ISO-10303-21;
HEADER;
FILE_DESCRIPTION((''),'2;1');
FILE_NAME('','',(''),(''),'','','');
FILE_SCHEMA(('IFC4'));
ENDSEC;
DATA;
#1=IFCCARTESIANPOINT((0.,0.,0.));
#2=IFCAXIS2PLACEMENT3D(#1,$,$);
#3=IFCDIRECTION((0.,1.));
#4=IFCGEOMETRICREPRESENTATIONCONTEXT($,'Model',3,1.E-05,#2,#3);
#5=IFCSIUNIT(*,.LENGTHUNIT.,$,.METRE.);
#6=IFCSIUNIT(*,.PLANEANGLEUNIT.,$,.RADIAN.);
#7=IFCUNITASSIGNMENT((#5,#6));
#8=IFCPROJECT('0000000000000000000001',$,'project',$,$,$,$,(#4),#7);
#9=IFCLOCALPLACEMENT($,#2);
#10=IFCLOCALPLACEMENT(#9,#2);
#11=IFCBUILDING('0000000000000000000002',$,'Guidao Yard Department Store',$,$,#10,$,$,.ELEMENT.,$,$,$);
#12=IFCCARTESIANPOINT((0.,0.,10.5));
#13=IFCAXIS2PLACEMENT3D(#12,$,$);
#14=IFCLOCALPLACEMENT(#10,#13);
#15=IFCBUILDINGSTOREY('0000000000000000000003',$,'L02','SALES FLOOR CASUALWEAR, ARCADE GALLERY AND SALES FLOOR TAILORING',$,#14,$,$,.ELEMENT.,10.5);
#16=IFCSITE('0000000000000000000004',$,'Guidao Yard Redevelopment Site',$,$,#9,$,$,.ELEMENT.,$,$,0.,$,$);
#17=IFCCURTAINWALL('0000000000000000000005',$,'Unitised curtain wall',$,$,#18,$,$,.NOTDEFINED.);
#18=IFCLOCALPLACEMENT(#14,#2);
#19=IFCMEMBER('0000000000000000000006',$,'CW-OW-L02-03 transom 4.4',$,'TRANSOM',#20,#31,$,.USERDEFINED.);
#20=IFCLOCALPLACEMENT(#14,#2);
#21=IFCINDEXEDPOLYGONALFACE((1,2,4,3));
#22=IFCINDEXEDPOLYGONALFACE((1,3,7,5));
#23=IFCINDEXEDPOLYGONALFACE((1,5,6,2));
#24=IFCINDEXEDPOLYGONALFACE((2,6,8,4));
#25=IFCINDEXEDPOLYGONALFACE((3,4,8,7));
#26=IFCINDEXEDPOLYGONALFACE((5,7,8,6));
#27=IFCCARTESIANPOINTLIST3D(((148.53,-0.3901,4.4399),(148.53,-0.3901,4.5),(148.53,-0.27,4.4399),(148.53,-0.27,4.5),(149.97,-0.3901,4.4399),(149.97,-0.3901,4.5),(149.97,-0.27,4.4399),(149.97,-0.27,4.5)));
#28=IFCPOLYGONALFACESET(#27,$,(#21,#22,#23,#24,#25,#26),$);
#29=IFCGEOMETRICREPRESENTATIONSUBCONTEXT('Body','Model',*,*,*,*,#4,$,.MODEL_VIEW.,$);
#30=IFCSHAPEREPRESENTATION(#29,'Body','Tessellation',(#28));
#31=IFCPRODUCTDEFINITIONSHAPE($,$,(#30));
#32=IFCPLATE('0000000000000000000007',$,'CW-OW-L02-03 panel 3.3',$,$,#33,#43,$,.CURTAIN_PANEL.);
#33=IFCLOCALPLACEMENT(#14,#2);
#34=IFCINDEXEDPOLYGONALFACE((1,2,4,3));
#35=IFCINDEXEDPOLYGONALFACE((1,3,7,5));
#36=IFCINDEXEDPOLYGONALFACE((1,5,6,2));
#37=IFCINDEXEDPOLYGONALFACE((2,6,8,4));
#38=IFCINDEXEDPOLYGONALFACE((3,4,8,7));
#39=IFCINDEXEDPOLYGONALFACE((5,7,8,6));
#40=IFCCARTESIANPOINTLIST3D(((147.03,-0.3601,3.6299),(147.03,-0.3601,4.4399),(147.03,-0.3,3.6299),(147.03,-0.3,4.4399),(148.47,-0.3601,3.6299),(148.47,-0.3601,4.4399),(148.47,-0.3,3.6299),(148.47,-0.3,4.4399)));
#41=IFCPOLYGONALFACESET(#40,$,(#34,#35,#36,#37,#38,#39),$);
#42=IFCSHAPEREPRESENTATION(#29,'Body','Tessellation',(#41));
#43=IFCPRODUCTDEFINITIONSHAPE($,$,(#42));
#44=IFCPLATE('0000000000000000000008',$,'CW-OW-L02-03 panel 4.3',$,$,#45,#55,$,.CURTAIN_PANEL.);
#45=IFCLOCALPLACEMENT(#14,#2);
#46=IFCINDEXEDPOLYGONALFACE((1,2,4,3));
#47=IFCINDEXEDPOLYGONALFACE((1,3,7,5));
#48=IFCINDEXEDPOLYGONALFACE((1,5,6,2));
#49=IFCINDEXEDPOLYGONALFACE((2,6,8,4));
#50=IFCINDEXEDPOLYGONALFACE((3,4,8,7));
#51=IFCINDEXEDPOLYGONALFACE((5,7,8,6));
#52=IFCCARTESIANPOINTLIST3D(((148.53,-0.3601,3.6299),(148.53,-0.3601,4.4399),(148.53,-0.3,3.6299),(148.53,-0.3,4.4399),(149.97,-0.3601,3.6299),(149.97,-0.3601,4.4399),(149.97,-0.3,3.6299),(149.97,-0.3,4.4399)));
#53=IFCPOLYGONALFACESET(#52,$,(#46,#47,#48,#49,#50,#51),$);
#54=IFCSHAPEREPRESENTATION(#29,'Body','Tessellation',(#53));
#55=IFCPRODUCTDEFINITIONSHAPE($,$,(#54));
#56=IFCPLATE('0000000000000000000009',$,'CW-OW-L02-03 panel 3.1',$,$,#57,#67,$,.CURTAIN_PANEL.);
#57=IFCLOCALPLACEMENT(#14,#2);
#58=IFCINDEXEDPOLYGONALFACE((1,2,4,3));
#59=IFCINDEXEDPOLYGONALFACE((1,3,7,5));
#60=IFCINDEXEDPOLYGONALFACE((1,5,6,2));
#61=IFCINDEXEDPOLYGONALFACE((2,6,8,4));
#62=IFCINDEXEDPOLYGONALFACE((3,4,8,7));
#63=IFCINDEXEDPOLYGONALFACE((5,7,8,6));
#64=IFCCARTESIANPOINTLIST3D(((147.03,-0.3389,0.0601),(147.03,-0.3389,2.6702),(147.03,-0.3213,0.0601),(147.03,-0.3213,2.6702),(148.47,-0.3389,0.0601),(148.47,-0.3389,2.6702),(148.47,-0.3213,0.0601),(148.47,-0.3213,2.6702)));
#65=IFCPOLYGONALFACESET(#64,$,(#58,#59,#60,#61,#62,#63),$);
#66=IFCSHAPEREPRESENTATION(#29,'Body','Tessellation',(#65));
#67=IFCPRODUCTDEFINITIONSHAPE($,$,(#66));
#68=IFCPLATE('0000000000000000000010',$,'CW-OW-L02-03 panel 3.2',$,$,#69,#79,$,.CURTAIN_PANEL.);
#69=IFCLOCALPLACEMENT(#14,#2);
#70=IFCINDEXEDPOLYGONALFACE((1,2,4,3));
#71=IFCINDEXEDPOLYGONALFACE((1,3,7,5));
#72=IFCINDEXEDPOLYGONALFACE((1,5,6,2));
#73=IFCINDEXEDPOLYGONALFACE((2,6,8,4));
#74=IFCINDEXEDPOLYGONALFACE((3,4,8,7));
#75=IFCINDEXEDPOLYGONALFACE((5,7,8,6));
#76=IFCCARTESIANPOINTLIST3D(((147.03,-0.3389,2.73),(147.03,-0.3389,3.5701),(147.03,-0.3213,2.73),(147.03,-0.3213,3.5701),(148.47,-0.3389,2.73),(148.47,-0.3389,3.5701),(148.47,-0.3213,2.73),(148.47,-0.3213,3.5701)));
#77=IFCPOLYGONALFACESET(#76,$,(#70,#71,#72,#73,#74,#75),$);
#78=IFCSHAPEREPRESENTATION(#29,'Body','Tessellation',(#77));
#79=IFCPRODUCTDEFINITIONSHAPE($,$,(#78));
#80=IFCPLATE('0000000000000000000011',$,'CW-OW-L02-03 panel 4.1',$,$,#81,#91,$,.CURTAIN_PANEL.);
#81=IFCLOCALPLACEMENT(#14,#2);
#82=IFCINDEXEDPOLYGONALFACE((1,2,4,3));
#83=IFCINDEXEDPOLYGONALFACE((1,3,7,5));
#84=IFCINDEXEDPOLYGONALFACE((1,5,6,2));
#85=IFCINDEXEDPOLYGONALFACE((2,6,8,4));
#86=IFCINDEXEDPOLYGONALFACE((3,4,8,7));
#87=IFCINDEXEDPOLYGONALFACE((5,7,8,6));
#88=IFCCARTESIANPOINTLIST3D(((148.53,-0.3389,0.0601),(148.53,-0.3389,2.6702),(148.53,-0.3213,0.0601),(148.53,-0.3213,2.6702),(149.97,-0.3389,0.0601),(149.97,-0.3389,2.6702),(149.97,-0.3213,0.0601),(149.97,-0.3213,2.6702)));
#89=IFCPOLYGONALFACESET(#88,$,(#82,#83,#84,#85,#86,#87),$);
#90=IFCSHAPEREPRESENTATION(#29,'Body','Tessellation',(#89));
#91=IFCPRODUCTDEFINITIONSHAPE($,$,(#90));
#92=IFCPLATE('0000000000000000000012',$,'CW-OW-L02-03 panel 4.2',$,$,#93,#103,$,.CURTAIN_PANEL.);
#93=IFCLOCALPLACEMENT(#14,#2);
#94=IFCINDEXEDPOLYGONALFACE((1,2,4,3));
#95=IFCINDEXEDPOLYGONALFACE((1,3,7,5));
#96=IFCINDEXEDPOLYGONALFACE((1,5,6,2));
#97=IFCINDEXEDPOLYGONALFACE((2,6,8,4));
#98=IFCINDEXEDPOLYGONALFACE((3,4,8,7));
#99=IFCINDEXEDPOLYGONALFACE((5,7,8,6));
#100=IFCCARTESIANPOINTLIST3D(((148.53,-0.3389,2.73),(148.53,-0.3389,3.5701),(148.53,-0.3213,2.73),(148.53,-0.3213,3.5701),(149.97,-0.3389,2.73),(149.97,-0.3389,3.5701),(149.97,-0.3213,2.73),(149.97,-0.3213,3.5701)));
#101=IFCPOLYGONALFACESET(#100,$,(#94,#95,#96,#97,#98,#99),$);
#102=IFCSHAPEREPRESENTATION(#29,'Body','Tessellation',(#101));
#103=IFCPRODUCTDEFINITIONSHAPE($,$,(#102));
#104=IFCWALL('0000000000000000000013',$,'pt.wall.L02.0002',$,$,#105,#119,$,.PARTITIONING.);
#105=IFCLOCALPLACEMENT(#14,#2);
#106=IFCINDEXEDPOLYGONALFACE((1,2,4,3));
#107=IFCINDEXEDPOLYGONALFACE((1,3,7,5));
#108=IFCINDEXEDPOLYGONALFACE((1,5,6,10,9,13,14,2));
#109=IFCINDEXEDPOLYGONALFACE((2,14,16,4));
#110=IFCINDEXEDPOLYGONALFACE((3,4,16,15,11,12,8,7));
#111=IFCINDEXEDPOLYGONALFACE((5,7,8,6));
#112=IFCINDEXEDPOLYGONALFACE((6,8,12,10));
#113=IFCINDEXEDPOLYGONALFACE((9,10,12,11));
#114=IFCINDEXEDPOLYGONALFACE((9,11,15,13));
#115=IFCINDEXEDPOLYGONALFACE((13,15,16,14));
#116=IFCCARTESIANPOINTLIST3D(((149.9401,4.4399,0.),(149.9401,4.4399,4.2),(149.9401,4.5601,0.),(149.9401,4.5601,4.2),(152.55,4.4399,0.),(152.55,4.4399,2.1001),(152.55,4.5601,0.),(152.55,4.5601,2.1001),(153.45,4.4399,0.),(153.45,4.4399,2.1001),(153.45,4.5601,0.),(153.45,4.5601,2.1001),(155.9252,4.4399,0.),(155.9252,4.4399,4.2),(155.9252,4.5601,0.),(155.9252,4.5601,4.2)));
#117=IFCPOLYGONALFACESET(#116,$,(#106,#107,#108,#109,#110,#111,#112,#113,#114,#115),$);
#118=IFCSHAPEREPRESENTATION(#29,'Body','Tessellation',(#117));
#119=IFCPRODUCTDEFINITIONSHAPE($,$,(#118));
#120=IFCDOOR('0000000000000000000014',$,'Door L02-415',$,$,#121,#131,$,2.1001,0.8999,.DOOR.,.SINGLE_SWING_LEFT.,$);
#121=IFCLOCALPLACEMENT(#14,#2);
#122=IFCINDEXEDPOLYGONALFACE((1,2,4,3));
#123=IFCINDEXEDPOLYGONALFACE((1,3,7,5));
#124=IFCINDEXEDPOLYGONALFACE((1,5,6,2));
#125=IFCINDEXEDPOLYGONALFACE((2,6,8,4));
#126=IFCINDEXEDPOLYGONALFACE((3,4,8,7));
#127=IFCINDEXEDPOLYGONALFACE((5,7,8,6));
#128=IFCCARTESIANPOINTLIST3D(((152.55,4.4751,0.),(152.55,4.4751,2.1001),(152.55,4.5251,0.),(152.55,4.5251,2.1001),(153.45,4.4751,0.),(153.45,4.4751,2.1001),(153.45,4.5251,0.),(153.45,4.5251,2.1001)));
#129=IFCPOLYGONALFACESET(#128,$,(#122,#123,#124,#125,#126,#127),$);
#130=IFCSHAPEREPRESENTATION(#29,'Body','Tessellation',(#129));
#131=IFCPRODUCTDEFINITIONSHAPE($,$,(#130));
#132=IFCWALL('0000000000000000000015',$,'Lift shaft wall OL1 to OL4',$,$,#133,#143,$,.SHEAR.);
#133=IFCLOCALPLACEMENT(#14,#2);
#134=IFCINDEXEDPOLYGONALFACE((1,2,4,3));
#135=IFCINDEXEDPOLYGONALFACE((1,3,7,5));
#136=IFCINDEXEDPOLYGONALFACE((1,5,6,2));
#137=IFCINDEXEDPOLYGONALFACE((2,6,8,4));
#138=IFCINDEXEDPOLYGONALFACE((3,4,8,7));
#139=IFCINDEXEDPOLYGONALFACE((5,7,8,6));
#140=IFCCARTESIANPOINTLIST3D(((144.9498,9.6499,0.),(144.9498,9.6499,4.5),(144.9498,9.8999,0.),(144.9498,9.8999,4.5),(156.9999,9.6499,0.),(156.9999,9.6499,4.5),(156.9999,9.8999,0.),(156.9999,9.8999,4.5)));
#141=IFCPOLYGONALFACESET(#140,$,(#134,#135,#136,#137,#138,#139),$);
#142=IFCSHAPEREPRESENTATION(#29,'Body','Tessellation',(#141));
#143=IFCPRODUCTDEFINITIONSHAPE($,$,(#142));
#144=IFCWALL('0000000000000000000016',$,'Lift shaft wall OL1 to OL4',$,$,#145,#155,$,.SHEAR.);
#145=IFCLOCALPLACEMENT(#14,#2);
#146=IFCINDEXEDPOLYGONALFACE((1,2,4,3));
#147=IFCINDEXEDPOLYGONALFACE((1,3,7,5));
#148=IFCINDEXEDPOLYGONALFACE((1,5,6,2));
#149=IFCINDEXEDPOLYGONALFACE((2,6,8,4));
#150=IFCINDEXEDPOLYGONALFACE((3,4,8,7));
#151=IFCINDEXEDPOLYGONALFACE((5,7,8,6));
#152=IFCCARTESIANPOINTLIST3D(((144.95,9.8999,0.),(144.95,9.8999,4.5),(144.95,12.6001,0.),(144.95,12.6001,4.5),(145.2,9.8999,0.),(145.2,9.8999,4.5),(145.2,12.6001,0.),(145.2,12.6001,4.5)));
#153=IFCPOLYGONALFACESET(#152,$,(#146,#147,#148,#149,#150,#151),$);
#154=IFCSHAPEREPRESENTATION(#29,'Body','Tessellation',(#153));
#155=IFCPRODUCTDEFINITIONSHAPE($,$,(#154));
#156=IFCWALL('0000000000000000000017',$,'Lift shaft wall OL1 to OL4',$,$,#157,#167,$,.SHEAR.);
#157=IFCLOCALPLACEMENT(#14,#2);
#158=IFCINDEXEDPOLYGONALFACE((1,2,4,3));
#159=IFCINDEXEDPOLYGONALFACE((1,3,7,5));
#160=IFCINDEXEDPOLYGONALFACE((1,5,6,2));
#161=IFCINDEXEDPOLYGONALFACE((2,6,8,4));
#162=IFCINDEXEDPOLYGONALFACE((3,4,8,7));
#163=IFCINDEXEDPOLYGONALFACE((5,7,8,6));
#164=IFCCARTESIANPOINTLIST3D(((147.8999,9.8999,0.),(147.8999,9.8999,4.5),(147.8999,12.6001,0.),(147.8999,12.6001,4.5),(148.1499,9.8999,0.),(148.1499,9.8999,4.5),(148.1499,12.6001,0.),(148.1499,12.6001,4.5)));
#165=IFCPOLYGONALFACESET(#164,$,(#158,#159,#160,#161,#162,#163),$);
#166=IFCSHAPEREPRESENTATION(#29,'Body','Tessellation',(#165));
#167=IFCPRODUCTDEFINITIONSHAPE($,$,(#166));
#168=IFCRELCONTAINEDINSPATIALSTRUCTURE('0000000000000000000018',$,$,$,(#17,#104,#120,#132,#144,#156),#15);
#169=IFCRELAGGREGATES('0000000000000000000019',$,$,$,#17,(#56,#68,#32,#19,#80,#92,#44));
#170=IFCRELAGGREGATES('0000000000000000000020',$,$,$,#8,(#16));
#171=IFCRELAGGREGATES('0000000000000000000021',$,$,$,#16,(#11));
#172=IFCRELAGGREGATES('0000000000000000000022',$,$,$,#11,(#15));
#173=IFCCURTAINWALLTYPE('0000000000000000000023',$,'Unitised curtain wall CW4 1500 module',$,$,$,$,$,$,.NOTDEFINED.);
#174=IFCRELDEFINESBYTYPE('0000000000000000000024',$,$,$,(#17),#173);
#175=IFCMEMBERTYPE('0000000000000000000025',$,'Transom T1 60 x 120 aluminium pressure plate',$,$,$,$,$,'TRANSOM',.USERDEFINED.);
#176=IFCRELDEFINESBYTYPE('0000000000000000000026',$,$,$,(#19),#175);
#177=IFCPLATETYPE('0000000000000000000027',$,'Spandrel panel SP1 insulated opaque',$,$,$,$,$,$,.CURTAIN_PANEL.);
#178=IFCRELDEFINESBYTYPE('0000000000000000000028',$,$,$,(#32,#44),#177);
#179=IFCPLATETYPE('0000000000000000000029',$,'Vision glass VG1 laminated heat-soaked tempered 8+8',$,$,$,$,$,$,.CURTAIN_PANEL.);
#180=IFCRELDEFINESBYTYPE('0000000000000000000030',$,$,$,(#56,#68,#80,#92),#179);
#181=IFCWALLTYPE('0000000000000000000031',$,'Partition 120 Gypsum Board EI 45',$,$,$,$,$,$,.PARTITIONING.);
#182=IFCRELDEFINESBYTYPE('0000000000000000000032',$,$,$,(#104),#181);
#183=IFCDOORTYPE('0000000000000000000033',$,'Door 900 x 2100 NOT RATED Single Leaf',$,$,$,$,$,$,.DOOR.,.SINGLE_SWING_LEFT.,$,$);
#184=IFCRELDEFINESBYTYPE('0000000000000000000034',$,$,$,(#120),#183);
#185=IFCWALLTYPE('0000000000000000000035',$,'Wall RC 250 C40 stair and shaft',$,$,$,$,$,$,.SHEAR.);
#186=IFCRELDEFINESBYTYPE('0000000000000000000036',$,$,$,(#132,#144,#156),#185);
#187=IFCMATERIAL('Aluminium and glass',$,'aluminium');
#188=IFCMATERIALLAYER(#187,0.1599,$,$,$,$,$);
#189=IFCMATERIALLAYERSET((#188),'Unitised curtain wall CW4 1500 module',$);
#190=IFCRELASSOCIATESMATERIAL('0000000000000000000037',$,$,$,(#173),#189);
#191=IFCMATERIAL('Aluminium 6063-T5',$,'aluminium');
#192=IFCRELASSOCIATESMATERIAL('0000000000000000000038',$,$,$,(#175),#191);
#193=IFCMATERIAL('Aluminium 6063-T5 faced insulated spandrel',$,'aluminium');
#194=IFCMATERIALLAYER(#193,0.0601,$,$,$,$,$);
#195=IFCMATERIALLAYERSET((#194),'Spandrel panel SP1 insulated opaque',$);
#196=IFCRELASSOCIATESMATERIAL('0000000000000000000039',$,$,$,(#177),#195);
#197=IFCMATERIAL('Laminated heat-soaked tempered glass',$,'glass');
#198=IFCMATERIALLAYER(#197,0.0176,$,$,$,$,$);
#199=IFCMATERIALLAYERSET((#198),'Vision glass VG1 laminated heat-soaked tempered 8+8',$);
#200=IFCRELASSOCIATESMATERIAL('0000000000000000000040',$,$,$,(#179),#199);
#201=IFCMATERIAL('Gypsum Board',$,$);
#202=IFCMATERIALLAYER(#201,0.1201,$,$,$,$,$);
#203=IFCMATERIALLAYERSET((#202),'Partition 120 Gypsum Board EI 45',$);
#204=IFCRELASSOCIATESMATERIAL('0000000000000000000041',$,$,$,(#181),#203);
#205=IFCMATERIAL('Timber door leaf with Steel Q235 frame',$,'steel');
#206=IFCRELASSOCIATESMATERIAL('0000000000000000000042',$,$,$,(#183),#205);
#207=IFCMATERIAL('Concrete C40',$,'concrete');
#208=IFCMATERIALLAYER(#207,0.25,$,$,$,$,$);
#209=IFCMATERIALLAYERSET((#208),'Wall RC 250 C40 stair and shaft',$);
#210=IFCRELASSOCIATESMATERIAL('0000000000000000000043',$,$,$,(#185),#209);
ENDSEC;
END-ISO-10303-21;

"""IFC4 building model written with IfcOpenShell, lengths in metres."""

from ifc_helpers import new_model, si_unit, direction, frame, frame_2d, origin, origin_2d, place, context, subcontext, project, spatial, rectangle, extrude, material, layer, layer_set, material_profile, profile_set, type_object, element, fill, aggregate, save


model = new_model("IFC4")

# Units and contexts
model_context = context("Model", 3, precision=1e-05, world=origin(), true_north=direction((0.0, 1.0)))
body_context = subcontext(model_context, "Body", "Model", "MODEL_VIEW")
ifc_project = project(units=[si_unit("LENGTHUNIT", "METRE"), si_unit("PLANEANGLEUNIT", "RADIAN")], contexts=[model_context])

# Site, building, storey
site_placement = place(None, origin())
site = spatial("IfcSite", under=ifc_project, at=site_placement, Name="Guidao Yard Redevelopment Site", CompositionType="ELEMENT", RefElevation=0.0)
building_placement = place(site_placement, origin())
building = spatial("IfcBuilding", under=site, at=building_placement, Name="Guidao Yard Department Store", CompositionType="ELEMENT")
storey_placement = place(building_placement, frame((0.0, 0.0, 10.5)))
storey = spatial("IfcBuildingStorey", under=building, at=storey_placement, Name="L02", Description="SALES FLOOR CASUALWEAR, ARCADE GALLERY AND SALES FLOOR TAILORING", CompositionType="ELEMENT", Elevation=10.5)

# Curtain wall
ifc_material_1 = material(Name="Aluminium and glass", Category="aluminium")
ifc_layer_1 = layer(ifc_material_1, 0.1599)
ifc_layer_set_1 = layer_set([ifc_layer_1], Name="Unitised curtain wall CW4 1500 module")
curtain_wall_type = type_object("IfcCurtainWallType", Name="Unitised curtain wall CW4 1500 module", PredefinedType="NOTDEFINED", material=ifc_layer_set_1)
curtain_wall_placement = place(storey_placement, origin())
curtain_wall = element("IfcCurtainWall", 1, at=curtain_wall_placement, inside=storey, type_object=curtain_wall_type, Name="Unitised curtain wall", PredefinedType="NOTDEFINED")

# Member
ifc_material_2 = material(Name="Aluminium 6063-T5", Category="aluminium")
ifc_material_profile_1 = material_profile(ifc_material_2, rectangle(XDim=0.1201, YDim=0.0601, at=origin_2d()), Name="Transom T1 60 x 120 aluminium pressure plate")
ifc_profile_set_1 = profile_set([ifc_material_profile_1], Name="Aluminium 6063-T5")
member_type_1 = type_object("IfcMemberType", Name="Transom T1 60 x 120 aluminium pressure plate", ElementType="TRANSOM", PredefinedType="USERDEFINED", material=ifc_profile_set_1)
member_1_placement = place(storey_placement, frame((149.97, -0.3301, 4.47), z_axis=(-1.0, 0.0, 0.0), x_axis=(0.0, -1.0, 0.0)))
member_1 = element("IfcMember", 2, at=member_1_placement, type_object=member_type_1, Name="CW-OW-L02-03 transom 4.4", ObjectType="TRANSOM", PredefinedType="USERDEFINED", context=body_context, shape_type="SweptSolid", body=[
    extrude(rectangle(XDim=0.1201, YDim=0.0601, at=origin_2d()), origin(), (0.0, 0.0, 1.0), 1.4399),
])

# Plates
ifc_material_3 = material(Name="Aluminium 6063-T5 faced insulated spandrel", Category="aluminium")
ifc_layer_2 = layer(ifc_material_3, 0.0601)
ifc_layer_set_2 = layer_set([ifc_layer_2], Name="Spandrel panel SP1 insulated opaque")
plate_type_1 = type_object("IfcPlateType", Name="Spandrel panel SP1 insulated opaque", PredefinedType="CURTAIN_PANEL", material=ifc_layer_set_2)
plate_1_placement = place(storey_placement, frame((147.75, -0.3301, 3.6299), z_axis=(0.0, 0.0, 1.0), x_axis=(-1.0, 0.0, 0.0)))
plate_1 = element("IfcPlate", 3, at=plate_1_placement, type_object=plate_type_1, Name="CW-OW-L02-03 panel 3.3", PredefinedType="CURTAIN_PANEL", context=body_context, shape_type="SweptSolid", body=[
    extrude(rectangle(XDim=1.4399, YDim=0.0601, at=origin_2d()), origin(), (0.0, 0.0, 1.0), 0.8101),
])
plate_2_placement = place(storey_placement, frame((149.25, -0.3301, 3.6299), z_axis=(0.0, 0.0, 1.0), x_axis=(-1.0, 0.0, 0.0)))
plate_2 = element("IfcPlate", 4, at=plate_2_placement, type_object=plate_type_1, Name="CW-OW-L02-03 panel 4.3", PredefinedType="CURTAIN_PANEL", context=body_context, shape_type="SweptSolid", body=[
    extrude(rectangle(XDim=1.4399, YDim=0.0601, at=origin_2d()), origin(), (0.0, 0.0, 1.0), 0.8101),
])
ifc_material_4 = material(Name="Laminated heat-soaked tempered glass", Category="glass")
ifc_layer_3 = layer(ifc_material_4, 0.0176)
ifc_layer_set_3 = layer_set([ifc_layer_3], Name="Vision glass VG1 laminated heat-soaked tempered 8+8")
plate_type_2 = type_object("IfcPlateType", Name="Vision glass VG1 laminated heat-soaked tempered 8+8", PredefinedType="CURTAIN_PANEL", material=ifc_layer_set_3)
plate_3_placement = place(storey_placement, frame((147.75, -0.3301, 0.0601), z_axis=(0.0, 0.0, 1.0), x_axis=(-1.0, 0.0, 0.0)))
plate_3 = element("IfcPlate", 5, at=plate_3_placement, type_object=plate_type_2, Name="CW-OW-L02-03 panel 3.1", PredefinedType="CURTAIN_PANEL", context=body_context, shape_type="SweptSolid", body=[
    extrude(rectangle(XDim=1.4399, YDim=0.0176, at=origin_2d()), origin(), (0.0, 0.0, 1.0), 2.6101),
])
plate_4_placement = place(storey_placement, frame((147.75, -0.3301, 2.73), z_axis=(0.0, 0.0, 1.0), x_axis=(-1.0, 0.0, 0.0)))
plate_4 = element("IfcPlate", 6, at=plate_4_placement, type_object=plate_type_2, Name="CW-OW-L02-03 panel 3.2", PredefinedType="CURTAIN_PANEL", context=body_context, shape_type="SweptSolid", body=[
    extrude(rectangle(XDim=1.4399, YDim=0.0176, at=origin_2d()), origin(), (0.0, 0.0, 1.0), 0.8401),
])
plate_5_placement = place(storey_placement, frame((149.25, -0.3301, 0.0601), z_axis=(0.0, 0.0, 1.0), x_axis=(-1.0, 0.0, 0.0)))
plate_5 = element("IfcPlate", 7, at=plate_5_placement, type_object=plate_type_2, Name="CW-OW-L02-03 panel 4.1", PredefinedType="CURTAIN_PANEL", context=body_context, shape_type="SweptSolid", body=[
    extrude(rectangle(XDim=1.4399, YDim=0.0176, at=origin_2d()), origin(), (0.0, 0.0, 1.0), 2.6101),
])
plate_6_placement = place(storey_placement, frame((149.25, -0.3301, 2.73), z_axis=(0.0, 0.0, 1.0), x_axis=(-1.0, 0.0, 0.0)))
plate_6 = element("IfcPlate", 8, at=plate_6_placement, type_object=plate_type_2, Name="CW-OW-L02-03 panel 4.2", PredefinedType="CURTAIN_PANEL", context=body_context, shape_type="SweptSolid", body=[
    extrude(rectangle(XDim=1.4399, YDim=0.0176, at=origin_2d()), origin(), (0.0, 0.0, 1.0), 0.8401),
])
aggregate(curtain_wall, [plate_3, plate_4, plate_1, member_1, plate_5, plate_6, plate_2])

# Wall, opening, door
ifc_material_5 = material(Name="Gypsum Board")
ifc_layer_4 = layer(ifc_material_5, 0.1201)
ifc_layer_set_4 = layer_set([ifc_layer_4], Name="Partition 120 Gypsum Board EI 45")
wall_type_1 = type_object("IfcWallType", Name="Partition 120 Gypsum Board EI 45", PredefinedType="PARTITIONING", material=ifc_layer_set_4)
wall_1_placement = place(storey_placement, frame((149.9399, 4.5, 0.0), z_axis=(0.0, 0.0, 1.0), x_axis=(1.0, 0.0, 0.0)))
wall_1 = element("IfcWall", 9, at=wall_1_placement, inside=storey, type_object=wall_type_1, Name="pt.wall.L02.0002", PredefinedType="PARTITIONING", context=body_context, shape_type="SweptSolid", body=[
    extrude(rectangle(XDim=5.9851, YDim=0.1201, at=frame_2d((2.9927, 0.0))), origin(), (0.0, 0.0, 1.0), 4.2),
])
opening_placement = place(wall_1_placement, frame((3.51, 0.0, 0.0), z_axis=(0.0, 0.0, 1.0), x_axis=(-1.0, 0.0, 0.0)))
opening = element("IfcOpeningElement", 10, at=opening_placement, cuts=wall_1, PredefinedType="OPENING", context=body_context, shape_type="SweptSolid", body=[
    extrude(rectangle(XDim=0.8999, YDim=2.1001, at=frame_2d((0.45, 1.05))), frame((0.0, 0.0701, 0.0), z_axis=(0.0, -1.0, 0.0), x_axis=(1.0, 0.0, 0.0)), (0.0, 0.0, 1.0), 0.1401),
])
ifc_material_6 = material(Name="Timber door leaf with Steel Q235 frame", Category="steel")
door_type = type_object("IfcDoorType", Name="Door 900 x 2100 NOT RATED Single Leaf", OperationType="SINGLE_SWING_LEFT", PredefinedType="DOOR", material=ifc_material_6)
door_placement = place(opening_placement, origin())
door = element("IfcDoor", 11, at=door_placement, inside=storey, type_object=door_type, Name="Door L02-415", OperationType="SINGLE_SWING_LEFT", OverallHeight=2.1001, OverallWidth=0.8999, PredefinedType="DOOR", context=body_context, shape_type="SweptSolid", body=[
    extrude(rectangle(XDim=0.8999, YDim=2.1001, at=frame_2d((0.45, 1.05))), frame((0.0, 0.0249, 0.0), z_axis=(0.0, -1.0, 0.0), x_axis=(1.0, 0.0, 0.0)), (0.0, 0.0, 1.0), 0.05),
])
fill(opening, door)

# Walls
ifc_material_7 = material(Name="Concrete C40", Category="concrete")
ifc_layer_5 = layer(ifc_material_7, 0.25)
ifc_layer_set_5 = layer_set([ifc_layer_5], Name="Wall RC 250 C40 stair and shaft")
wall_type_2 = type_object("IfcWallType", Name="Wall RC 250 C40 stair and shaft", PredefinedType="SHEAR", material=ifc_layer_set_5)
wall_2_placement = place(storey_placement, frame((144.95, 9.7749, 0.0), z_axis=(0.0, 0.0, 1.0), x_axis=(1.0, 0.0, 0.0)))
element("IfcWall", 12, at=wall_2_placement, inside=storey, type_object=wall_type_2, Name="Lift shaft wall OL1 to OL4", PredefinedType="SHEAR", context=body_context, shape_type="SweptSolid", body=[
    extrude(rectangle(XDim=12.05, YDim=0.25, at=frame_2d((6.0249, 0.0))), origin(), (0.0, 0.0, 1.0), 4.5),
])
for number, where, z_axis, x_axis, name in (
    (13, (145.075, 9.8999, 0.0), (0.0, 0.0, 1.0), (0.0, 1.0, 0.0), "Lift shaft wall OL1 to OL4"),
    (14, (148.0249, 9.8999, 0.0), (0.0, 0.0, 1.0), (0.0, 1.0, 0.0), "Lift shaft wall OL1 to OL4"),
):
    element("IfcWall", number, at=place(storey_placement, frame(where, z_axis=z_axis, x_axis=x_axis)), inside=storey, type_object=wall_type_2, Name=name, PredefinedType="SHEAR", context=body_context, shape_type="SweptSolid", body=[
        extrude(rectangle(XDim=2.7002, YDim=0.25, at=frame_2d((1.3501, 0.0))), origin(), (0.0, 0.0, 1.0), 4.5),
    ])

save(model, "model.ifc")
